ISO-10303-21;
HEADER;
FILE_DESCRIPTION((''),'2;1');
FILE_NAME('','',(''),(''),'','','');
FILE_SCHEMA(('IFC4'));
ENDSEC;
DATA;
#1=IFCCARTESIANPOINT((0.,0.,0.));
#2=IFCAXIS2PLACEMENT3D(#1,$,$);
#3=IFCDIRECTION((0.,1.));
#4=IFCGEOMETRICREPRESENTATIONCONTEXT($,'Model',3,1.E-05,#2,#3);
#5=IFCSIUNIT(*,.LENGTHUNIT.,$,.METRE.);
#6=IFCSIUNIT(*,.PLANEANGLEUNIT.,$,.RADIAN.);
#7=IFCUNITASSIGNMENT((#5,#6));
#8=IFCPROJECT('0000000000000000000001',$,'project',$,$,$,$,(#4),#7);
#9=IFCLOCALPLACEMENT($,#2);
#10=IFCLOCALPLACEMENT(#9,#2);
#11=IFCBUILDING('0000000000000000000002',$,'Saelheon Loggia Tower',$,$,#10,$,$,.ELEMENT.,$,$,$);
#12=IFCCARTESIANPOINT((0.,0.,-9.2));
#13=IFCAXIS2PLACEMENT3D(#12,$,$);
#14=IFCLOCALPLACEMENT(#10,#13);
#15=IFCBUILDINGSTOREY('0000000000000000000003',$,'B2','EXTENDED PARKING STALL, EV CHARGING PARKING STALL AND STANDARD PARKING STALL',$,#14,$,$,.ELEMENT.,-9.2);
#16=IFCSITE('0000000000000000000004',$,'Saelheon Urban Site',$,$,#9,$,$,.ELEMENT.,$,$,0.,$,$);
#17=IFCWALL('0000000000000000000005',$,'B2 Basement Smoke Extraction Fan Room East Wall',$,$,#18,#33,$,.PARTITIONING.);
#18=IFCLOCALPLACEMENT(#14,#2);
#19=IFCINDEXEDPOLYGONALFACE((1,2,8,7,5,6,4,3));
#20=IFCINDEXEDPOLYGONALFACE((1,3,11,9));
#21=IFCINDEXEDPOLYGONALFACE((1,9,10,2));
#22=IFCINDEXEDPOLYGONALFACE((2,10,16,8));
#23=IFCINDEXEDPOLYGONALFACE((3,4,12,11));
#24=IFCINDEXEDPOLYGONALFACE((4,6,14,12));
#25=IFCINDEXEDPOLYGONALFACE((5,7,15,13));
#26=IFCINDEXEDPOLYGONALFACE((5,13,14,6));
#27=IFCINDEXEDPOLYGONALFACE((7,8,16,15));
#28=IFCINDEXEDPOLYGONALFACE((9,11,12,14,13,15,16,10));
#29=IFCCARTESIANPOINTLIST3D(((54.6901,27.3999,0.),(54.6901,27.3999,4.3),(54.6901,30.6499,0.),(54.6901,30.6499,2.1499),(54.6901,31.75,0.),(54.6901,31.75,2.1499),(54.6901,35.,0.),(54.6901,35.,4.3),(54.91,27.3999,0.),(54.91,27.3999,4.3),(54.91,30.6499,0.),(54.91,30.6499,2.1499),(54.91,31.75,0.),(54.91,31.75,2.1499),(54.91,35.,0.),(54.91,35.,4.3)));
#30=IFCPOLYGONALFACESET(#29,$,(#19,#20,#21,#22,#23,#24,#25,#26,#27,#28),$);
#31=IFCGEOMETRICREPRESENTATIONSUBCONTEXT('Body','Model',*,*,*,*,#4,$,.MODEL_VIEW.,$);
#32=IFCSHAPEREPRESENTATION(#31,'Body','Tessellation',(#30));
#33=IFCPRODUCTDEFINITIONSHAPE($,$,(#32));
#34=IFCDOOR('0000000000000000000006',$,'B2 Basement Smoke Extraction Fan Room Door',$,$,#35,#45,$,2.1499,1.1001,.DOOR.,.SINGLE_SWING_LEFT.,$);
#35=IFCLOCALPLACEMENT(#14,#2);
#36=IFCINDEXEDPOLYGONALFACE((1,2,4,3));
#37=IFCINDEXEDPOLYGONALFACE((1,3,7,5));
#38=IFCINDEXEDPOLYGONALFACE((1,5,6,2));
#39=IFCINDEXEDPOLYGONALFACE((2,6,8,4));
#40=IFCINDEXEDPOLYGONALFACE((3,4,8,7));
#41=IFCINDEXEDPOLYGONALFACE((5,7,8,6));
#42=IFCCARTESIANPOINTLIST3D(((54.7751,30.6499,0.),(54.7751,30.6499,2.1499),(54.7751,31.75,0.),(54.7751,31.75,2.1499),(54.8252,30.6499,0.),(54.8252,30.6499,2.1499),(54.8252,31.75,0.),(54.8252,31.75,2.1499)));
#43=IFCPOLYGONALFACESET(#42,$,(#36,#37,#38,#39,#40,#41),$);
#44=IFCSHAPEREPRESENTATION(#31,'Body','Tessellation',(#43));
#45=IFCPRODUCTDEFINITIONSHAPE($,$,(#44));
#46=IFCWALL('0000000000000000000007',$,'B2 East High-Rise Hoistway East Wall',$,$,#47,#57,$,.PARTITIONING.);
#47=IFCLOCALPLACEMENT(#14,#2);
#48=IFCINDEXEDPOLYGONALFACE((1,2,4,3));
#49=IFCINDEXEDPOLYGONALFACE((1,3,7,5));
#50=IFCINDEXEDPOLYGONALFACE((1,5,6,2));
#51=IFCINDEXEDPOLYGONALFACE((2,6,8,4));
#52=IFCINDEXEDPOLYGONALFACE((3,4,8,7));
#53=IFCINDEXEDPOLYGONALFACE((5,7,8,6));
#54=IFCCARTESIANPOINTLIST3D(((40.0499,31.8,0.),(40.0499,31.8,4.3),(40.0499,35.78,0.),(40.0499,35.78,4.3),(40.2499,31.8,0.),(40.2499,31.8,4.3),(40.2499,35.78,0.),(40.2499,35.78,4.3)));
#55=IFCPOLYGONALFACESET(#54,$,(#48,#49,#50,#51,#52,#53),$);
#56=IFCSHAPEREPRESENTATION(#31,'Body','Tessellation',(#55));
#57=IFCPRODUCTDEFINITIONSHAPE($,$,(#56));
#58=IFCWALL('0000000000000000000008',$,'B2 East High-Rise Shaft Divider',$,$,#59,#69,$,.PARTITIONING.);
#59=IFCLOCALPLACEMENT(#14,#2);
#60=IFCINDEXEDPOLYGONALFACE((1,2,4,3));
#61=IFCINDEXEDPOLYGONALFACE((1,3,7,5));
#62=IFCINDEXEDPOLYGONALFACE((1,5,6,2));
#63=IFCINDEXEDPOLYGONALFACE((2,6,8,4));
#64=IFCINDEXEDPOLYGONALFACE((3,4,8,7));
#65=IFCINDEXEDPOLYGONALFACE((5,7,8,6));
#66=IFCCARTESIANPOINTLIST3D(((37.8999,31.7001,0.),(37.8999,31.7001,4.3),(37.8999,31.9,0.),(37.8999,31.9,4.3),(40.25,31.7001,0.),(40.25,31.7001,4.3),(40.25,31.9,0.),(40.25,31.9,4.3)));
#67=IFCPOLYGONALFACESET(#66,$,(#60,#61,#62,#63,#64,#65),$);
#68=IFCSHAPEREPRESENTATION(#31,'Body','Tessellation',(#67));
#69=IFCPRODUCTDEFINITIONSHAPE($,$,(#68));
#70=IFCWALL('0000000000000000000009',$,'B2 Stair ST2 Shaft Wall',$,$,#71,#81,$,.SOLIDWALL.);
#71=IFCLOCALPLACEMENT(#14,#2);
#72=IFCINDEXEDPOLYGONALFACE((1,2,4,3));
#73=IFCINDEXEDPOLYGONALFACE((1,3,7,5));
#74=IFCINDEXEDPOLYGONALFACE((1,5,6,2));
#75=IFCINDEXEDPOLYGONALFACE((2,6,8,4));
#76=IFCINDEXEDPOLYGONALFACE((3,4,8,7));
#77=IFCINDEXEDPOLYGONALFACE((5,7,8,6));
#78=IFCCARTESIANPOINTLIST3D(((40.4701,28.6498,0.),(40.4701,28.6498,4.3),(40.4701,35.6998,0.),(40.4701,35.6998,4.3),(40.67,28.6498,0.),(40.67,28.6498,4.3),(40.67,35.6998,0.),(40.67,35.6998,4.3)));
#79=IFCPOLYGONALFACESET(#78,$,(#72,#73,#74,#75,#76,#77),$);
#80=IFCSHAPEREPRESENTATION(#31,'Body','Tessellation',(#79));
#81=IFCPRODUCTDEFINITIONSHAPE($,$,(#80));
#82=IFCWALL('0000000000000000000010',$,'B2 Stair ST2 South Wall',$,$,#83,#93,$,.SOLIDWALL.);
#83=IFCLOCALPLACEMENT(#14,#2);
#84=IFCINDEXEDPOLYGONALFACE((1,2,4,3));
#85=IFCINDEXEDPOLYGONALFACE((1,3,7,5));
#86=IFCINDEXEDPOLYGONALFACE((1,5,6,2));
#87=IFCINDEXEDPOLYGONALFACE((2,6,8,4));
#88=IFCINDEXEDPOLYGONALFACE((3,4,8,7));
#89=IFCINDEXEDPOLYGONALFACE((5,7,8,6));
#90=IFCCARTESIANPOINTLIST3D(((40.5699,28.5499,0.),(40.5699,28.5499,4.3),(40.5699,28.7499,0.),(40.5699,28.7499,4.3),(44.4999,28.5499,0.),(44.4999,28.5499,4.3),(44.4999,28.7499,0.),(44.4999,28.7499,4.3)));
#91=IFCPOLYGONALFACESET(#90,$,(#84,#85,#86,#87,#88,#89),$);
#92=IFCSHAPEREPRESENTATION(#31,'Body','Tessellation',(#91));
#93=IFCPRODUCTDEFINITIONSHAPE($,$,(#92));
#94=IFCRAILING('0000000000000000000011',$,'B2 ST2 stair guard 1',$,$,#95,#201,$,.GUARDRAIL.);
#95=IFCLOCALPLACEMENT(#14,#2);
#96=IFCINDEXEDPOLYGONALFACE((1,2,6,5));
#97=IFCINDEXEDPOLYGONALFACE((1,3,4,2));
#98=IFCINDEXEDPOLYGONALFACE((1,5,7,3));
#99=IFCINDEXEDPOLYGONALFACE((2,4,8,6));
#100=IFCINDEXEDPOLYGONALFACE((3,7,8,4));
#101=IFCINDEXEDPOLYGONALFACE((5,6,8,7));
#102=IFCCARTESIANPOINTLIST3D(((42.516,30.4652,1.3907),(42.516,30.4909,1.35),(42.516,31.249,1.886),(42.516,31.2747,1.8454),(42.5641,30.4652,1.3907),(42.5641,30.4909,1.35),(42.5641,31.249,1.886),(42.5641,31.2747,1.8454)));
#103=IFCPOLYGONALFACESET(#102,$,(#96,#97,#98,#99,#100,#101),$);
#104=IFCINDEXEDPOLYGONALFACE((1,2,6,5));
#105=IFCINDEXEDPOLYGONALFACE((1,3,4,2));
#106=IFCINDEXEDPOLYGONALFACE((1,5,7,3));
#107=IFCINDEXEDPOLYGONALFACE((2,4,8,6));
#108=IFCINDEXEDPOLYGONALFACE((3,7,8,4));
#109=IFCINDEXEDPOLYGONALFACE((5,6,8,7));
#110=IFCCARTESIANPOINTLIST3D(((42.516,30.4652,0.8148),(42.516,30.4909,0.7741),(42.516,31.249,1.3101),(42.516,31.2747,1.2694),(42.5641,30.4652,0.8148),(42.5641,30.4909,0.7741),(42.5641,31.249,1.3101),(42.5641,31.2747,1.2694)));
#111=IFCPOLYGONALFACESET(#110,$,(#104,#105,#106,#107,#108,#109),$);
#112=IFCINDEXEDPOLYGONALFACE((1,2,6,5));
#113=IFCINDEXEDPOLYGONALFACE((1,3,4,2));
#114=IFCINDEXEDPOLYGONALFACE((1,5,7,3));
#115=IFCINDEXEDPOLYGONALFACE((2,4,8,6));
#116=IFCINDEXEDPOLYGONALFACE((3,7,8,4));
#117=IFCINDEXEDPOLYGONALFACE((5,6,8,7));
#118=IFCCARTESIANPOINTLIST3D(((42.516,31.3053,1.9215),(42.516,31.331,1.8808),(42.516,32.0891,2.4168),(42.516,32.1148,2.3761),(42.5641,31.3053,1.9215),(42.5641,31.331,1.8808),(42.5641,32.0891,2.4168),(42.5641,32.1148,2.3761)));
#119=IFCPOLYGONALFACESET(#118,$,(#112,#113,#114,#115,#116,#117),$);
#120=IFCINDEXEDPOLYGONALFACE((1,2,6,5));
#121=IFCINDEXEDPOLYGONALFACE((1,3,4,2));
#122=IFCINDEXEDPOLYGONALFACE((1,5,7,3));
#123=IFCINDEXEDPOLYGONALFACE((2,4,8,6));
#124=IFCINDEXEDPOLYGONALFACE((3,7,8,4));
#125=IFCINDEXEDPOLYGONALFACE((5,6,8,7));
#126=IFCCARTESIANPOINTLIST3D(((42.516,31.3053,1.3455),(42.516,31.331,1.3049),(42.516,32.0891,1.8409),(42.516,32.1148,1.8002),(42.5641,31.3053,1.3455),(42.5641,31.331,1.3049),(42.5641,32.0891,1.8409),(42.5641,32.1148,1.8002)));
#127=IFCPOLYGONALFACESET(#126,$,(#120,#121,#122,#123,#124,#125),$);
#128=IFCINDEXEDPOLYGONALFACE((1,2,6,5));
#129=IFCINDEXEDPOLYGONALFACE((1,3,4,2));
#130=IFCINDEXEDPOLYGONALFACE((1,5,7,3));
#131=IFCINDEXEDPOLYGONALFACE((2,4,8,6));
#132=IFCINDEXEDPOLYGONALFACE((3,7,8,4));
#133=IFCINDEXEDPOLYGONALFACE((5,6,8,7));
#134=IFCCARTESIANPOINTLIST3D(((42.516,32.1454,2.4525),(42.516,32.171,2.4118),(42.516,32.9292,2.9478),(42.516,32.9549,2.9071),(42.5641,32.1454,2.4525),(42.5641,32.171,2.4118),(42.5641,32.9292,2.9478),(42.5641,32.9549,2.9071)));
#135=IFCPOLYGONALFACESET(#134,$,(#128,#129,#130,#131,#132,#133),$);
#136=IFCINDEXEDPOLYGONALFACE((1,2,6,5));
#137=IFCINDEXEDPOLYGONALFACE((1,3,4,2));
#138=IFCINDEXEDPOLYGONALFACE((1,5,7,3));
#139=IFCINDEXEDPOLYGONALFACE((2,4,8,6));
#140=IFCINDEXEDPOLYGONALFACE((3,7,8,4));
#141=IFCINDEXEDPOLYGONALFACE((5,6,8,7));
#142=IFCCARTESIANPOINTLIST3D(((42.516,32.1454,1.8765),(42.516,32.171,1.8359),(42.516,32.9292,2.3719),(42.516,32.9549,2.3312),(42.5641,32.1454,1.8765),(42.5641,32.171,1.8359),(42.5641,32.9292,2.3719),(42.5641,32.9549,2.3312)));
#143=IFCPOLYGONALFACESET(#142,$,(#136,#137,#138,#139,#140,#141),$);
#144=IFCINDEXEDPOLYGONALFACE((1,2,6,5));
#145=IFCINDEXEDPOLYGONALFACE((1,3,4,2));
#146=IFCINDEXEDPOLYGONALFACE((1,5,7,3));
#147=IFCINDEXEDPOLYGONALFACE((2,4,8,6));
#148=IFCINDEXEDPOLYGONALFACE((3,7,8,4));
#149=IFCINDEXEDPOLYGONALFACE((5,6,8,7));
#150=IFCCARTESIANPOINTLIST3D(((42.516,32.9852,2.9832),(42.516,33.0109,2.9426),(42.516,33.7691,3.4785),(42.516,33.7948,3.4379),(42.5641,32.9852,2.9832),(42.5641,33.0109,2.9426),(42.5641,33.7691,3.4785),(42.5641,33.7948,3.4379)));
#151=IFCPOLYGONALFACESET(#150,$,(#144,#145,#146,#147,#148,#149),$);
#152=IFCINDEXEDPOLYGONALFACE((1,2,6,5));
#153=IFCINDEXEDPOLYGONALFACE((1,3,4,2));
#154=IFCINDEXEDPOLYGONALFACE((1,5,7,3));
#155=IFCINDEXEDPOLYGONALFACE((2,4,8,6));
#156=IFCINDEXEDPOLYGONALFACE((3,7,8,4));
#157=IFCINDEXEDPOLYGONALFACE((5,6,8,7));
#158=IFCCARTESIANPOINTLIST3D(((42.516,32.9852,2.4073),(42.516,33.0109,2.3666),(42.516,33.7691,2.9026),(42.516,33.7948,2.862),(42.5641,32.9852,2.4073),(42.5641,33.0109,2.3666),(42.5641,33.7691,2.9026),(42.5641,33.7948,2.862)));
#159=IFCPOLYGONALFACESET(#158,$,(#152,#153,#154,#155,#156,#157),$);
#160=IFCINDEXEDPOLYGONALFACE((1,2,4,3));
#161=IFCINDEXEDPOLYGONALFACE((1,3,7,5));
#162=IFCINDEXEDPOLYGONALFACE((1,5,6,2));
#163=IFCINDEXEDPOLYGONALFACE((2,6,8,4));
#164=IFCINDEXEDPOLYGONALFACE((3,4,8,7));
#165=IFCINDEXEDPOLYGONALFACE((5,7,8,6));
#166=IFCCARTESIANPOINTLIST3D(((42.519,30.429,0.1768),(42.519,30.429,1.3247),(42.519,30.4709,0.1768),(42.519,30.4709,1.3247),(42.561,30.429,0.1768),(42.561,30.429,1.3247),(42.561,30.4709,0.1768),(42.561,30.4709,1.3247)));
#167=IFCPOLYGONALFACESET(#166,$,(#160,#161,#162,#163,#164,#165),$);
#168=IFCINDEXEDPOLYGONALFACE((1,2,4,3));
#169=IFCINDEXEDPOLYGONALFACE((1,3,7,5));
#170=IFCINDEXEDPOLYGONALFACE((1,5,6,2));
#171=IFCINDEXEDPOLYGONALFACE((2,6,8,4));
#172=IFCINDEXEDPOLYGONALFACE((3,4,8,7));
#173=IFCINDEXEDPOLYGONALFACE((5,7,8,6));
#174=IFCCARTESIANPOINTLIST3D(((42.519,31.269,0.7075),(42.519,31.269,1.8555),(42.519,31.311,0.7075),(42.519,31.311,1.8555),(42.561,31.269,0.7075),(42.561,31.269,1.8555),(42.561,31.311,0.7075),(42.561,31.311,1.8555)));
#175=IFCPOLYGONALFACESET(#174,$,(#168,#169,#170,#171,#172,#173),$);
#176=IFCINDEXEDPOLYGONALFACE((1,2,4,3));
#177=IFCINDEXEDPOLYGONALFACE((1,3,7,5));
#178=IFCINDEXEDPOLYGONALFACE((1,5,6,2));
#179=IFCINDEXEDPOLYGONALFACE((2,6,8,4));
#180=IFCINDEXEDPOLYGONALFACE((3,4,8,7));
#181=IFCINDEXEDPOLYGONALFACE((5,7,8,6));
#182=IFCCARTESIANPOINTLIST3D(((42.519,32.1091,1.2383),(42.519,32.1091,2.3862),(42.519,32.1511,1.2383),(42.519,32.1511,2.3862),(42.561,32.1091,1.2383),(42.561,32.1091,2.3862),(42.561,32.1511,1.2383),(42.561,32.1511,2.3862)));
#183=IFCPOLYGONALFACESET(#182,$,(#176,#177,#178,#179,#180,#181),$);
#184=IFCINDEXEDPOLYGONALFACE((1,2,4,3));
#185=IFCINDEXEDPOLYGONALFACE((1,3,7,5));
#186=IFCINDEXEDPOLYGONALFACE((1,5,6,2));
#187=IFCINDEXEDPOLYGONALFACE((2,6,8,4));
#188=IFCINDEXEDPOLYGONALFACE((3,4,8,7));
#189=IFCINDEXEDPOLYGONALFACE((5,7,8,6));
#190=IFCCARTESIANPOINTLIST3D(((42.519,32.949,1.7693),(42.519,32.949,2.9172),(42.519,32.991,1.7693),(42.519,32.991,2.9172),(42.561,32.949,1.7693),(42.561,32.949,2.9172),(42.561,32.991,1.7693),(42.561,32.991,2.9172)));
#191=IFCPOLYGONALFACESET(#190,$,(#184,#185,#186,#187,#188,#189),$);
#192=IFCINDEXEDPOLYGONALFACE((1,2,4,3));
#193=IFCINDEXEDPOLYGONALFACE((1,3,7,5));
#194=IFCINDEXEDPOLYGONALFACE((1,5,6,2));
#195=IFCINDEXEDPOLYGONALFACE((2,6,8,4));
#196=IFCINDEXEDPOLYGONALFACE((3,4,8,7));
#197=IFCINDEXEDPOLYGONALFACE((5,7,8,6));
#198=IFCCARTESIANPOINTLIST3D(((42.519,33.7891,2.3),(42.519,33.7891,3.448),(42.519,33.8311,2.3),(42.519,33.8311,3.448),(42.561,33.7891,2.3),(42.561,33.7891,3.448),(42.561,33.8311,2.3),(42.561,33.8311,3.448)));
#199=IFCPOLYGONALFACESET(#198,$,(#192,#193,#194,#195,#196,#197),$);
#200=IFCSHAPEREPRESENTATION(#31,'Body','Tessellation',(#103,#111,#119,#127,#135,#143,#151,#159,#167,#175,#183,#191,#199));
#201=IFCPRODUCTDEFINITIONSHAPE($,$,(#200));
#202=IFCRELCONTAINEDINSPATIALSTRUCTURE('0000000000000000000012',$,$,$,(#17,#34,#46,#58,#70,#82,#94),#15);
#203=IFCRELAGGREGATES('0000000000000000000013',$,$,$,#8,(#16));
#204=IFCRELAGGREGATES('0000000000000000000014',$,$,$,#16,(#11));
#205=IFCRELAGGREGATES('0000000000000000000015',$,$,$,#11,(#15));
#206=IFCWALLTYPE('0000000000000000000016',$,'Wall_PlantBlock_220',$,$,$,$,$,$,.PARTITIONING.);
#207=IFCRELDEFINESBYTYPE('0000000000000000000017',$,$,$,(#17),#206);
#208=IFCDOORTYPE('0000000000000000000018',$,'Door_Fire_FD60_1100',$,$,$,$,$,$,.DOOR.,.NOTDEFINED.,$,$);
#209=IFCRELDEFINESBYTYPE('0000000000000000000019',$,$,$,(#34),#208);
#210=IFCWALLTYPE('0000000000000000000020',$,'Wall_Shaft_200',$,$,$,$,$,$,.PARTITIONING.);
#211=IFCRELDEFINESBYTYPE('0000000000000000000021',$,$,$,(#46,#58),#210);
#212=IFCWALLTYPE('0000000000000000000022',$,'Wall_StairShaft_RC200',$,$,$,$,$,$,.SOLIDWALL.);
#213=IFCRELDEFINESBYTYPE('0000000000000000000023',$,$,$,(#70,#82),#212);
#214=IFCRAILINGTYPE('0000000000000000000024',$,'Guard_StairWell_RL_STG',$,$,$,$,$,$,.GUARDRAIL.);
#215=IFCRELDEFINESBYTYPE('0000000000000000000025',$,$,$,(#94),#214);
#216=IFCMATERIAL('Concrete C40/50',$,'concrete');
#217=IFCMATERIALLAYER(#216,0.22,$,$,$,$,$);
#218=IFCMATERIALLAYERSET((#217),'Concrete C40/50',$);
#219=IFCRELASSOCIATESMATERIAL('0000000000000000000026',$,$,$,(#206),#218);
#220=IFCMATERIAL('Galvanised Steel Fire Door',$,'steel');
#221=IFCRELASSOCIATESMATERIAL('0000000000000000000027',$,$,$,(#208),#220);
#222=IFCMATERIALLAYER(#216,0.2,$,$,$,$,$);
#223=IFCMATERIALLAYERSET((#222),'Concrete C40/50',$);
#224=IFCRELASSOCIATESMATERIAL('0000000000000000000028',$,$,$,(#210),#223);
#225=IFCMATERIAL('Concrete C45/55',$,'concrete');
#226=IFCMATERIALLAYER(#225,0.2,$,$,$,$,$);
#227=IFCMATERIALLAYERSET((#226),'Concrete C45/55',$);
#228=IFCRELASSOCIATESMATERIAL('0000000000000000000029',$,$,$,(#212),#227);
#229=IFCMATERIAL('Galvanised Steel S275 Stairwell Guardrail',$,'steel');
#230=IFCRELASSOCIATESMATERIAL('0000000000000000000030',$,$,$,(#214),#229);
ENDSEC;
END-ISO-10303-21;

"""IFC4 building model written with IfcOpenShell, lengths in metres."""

from ifc_helpers import new_model, si_unit, direction, frame, frame_2d, origin, origin_2d, place, context, subcontext, project, spatial, rectangle, extrude, source, transform, mapped, material, layer, layer_set, type_object, element, fill, save


model = new_model("IFC4")

# Units and contexts
model_context = context("Model", 3, precision=1e-05, world=origin(), true_north=direction((0.0, 1.0)))
body_context = subcontext(model_context, "Body", "Model", "MODEL_VIEW")
ifc_project = project(units=[si_unit("LENGTHUNIT", "METRE"), si_unit("PLANEANGLEUNIT", "RADIAN")], contexts=[model_context])

# Site, building, storey
site_placement = place(None, origin())
site = spatial("IfcSite", under=ifc_project, at=site_placement, Name="Saelheon Urban Site", CompositionType="ELEMENT", RefElevation=0.0)
building_placement = place(site_placement, origin())
building = spatial("IfcBuilding", under=site, at=building_placement, Name="Saelheon Loggia Tower", CompositionType="ELEMENT")
storey_placement = place(building_placement, frame((0.0, 0.0, -9.2)))
storey = spatial("IfcBuildingStorey", under=building, at=storey_placement, Name="B2", Description="EXTENDED PARKING STALL, EV CHARGING PARKING STALL AND STANDARD PARKING STALL", CompositionType="ELEMENT", Elevation=-9.2)

# Shared definitions
ifc_material_1 = material(Name="Concrete C40/50", Category="concrete")
ifc_layer_1 = layer(ifc_material_1, 0.22)
ifc_layer_set_1 = layer_set([ifc_layer_1], Name="Concrete C40/50")
wall_type_1 = type_object("IfcWallType", Name="Wall_PlantBlock_220", PredefinedType="PARTITIONING", material=ifc_layer_set_1)

# Wall, opening, door
wall_1_placement = place(storey_placement, frame((54.8, 27.3999, 0.0), z_axis=(0.0, 0.0, 1.0), x_axis=(0.0, 1.0, 0.0)))
wall_1 = element("IfcWall", 1, at=wall_1_placement, inside=storey, type_object=wall_type_1, Name="B2 Basement Smoke Extraction Fan Room East Wall", PredefinedType="PARTITIONING", context=body_context, shape_type="SweptSolid", body=[
    extrude(rectangle(XDim=7.6001, YDim=0.22, at=frame_2d((3.8, 0.0))), origin(), (0.0, 0.0, 1.0), 4.3),
])
opening_placement = place(wall_1_placement, frame((3.25, 0.0, 0.0)))
opening = element("IfcOpeningElement", 2, at=opening_placement, cuts=wall_1, PredefinedType="OPENING", context=body_context, shape_type="SweptSolid", body=[
    extrude(rectangle(XDim=1.1001, YDim=2.1499, at=frame_2d((0.55, 1.075))), frame((0.0, 0.1221, 0.0), z_axis=(0.0, -1.0, 0.0), x_axis=(1.0, 0.0, 0.0)), (0.0, 0.0, 1.0), 0.2439),
])
ifc_material_2 = material(Name="Galvanised Steel Fire Door", Category="steel")
door_type = type_object("IfcDoorType", Name="Door_Fire_FD60_1100", OperationType="NOTDEFINED", PredefinedType="DOOR", material=ifc_material_2)
shared_shape_1 = source(origin(), body_context, "Body", "SweptSolid", [
    extrude(rectangle(XDim=1.1001, YDim=2.1499, at=frame_2d((0.55, 1.075))), frame((0.0, 0.0249, 0.0), z_axis=(0.0, -1.0, 0.0), x_axis=(1.0, 0.0, 0.0)), (0.0, 0.0, 1.0), 0.05),
])
door_placement = place(opening_placement, origin())
door = element("IfcDoor", 3, at=door_placement, inside=storey, type_object=door_type, Name="B2 Basement Smoke Extraction Fan Room Door", OperationType="SINGLE_SWING_LEFT", OverallHeight=2.1499, OverallWidth=1.1001, PredefinedType="DOOR", context=body_context, shape_type="MappedRepresentation", body=[
    mapped(shared_shape_1, transform((0.0, 0.0, 0.0), scale=1.0)),
])
fill(opening, door)

# Walls
ifc_layer_2 = layer(ifc_material_1, 0.2)
ifc_layer_set_2 = layer_set([ifc_layer_2], Name="Concrete C40/50")
wall_type_2 = type_object("IfcWallType", Name="Wall_Shaft_200", PredefinedType="PARTITIONING", material=ifc_layer_set_2)
wall_2_placement = place(storey_placement, frame((40.1499, 31.8, 0.0), z_axis=(0.0, 0.0, 1.0), x_axis=(0.0, 1.0, 0.0)))
element("IfcWall", 4, at=wall_2_placement, inside=storey, type_object=wall_type_2, Name="B2 East High-Rise Hoistway East Wall", PredefinedType="PARTITIONING", context=body_context, shape_type="SweptSolid", body=[
    extrude(rectangle(XDim=3.98, YDim=0.2, at=frame_2d((1.99, 0.0))), origin(), (0.0, 0.0, 1.0), 4.3),
])
wall_3_placement = place(storey_placement, frame((37.8999, 31.8, 0.0), z_axis=(0.0, 0.0, 1.0), x_axis=(1.0, 0.0, 0.0)))
element("IfcWall", 5, at=wall_3_placement, inside=storey, type_object=wall_type_2, Name="B2 East High-Rise Shaft Divider", PredefinedType="PARTITIONING", context=body_context, shape_type="SweptSolid", body=[
    extrude(rectangle(XDim=2.3501, YDim=0.2, at=frame_2d((1.175, 0.0))), origin(), (0.0, 0.0, 1.0), 4.3),
])
ifc_material_3 = material(Name="Concrete C45/55", Category="concrete")
ifc_layer_3 = layer(ifc_material_3, 0.2)
ifc_layer_set_3 = layer_set([ifc_layer_3], Name="Concrete C45/55")
wall_type_3 = type_object("IfcWallType", Name="Wall_StairShaft_RC200", PredefinedType="SOLIDWALL", material=ifc_layer_set_3)
wall_4_placement = place(storey_placement, frame((40.5701, 28.6499, 0.0), z_axis=(0.0, 0.0, 1.0), x_axis=(0.0, 1.0, 0.0)))
element("IfcWall", 6, at=wall_4_placement, inside=storey, type_object=wall_type_3, Name="B2 Stair ST2 Shaft Wall", PredefinedType="SOLIDWALL", context=body_context, shape_type="SweptSolid", body=[
    extrude(rectangle(XDim=7.05, YDim=0.2, at=frame_2d((3.5249, 0.0))), origin(), (0.0, 0.0, 1.0), 4.3),
])
wall_5_placement = place(storey_placement, frame((40.5701, 28.6499, 0.0), z_axis=(0.0, 0.0, 1.0), x_axis=(1.0, 0.0, 0.0)))
element("IfcWall", 7, at=wall_5_placement, inside=storey, type_object=wall_type_3, Name="B2 Stair ST2 South Wall", PredefinedType="SOLIDWALL", context=body_context, shape_type="SweptSolid", body=[
    extrude(rectangle(XDim=3.9299, YDim=0.2, at=frame_2d((1.9648, 0.0))), origin(), (0.0, 0.0, 1.0), 4.3),
])

# Railing
ifc_material_4 = material(Name="Galvanised Steel S275 Stairwell Guardrail", Category="steel")
railing_type_1 = type_object("IfcRailingType", Name="Guard_StairWell_RL_STG", PredefinedType="GUARDRAIL", material=ifc_material_4)
railing_1_placement = place(storey_placement, frame((42.54, 30.45, 0.1768)))
element("IfcRailing", 8, at=railing_1_placement, inside=storey, type_object=railing_type_1, Name="B2 ST2 stair guard 1", PredefinedType="GUARDRAIL", context=body_context, shape_type="SweptSolid", body=[
    extrude(rectangle(XDim=0.0481, YDim=0.0481, at=origin_2d()), frame((0.0, 0.0281, 1.1936), z_axis=(0.0, 0.845362, 0.534194), x_axis=(-1.0, 0.0, 0.0)), (0.0, 0.0, 1.0), 0.9272),
    extrude(rectangle(XDim=0.0481, YDim=0.0481, at=origin_2d()), frame((0.0, 0.0281, 0.6177), z_axis=(0.0, 0.845362, 0.534194), x_axis=(-1.0, 0.0, 0.0)), (0.0, 0.0, 1.0), 0.9272),
    extrude(rectangle(XDim=0.0481, YDim=0.0481, at=origin_2d()), frame((0.0, 0.8682, 1.7244), z_axis=(0.0, 0.845362, 0.534194), x_axis=(-1.0, 0.0, 0.0)), (0.0, 0.0, 1.0), 0.9272),
    extrude(rectangle(XDim=0.0481, YDim=0.0481, at=origin_2d()), frame((0.0, 0.8682, 1.1484), z_axis=(0.0, 0.845362, 0.534194), x_axis=(-1.0, 0.0, 0.0)), (0.0, 0.0, 1.0), 0.9272),
    extrude(rectangle(XDim=0.0481, YDim=0.0481, at=origin_2d()), frame((0.0, 1.7083, 2.2554), z_axis=(0.0, 0.845362, 0.534194), x_axis=(-1.0, 0.0, 0.0)), (0.0, 0.0, 1.0), 0.9272),
    extrude(rectangle(XDim=0.0481, YDim=0.0481, at=origin_2d()), frame((0.0, 1.7083, 1.6794), z_axis=(0.0, 0.845362, 0.534194), x_axis=(-1.0, 0.0, 0.0)), (0.0, 0.0, 1.0), 0.9272),
    extrude(rectangle(XDim=0.0481, YDim=0.0481, at=origin_2d()), frame((0.0, 2.5481, 2.7861), z_axis=(0.0, 0.845362, 0.534194), x_axis=(-1.0, 0.0, 0.0)), (0.0, 0.0, 1.0), 0.9272),
    extrude(rectangle(XDim=0.0481, YDim=0.0481, at=origin_2d()), frame((0.0, 2.5481, 2.2102), z_axis=(0.0, 0.845362, 0.534194), x_axis=(-1.0, 0.0, 0.0)), (0.0, 0.0, 1.0), 0.9272),
    extrude(rectangle(XDim=0.042, YDim=0.042, at=origin_2d()), origin(), (0.0, 0.0, 1.0), 1.1479),
    extrude(rectangle(XDim=0.042, YDim=0.042, at=origin_2d()), frame((0.0, 0.8401, 0.5308)), (0.0, 0.0, 1.0), 1.1479),
    extrude(rectangle(XDim=0.042, YDim=0.042, at=origin_2d()), frame((0.0, 1.6802, 1.0615)), (0.0, 0.0, 1.0), 1.1479),
    extrude(rectangle(XDim=0.042, YDim=0.042, at=origin_2d()), frame((0.0, 2.52, 1.5925)), (0.0, 0.0, 1.0), 1.1479),
    extrude(rectangle(XDim=0.042, YDim=0.042, at=origin_2d()), frame((0.0, 3.3601, 2.1233)), (0.0, 0.0, 1.0), 1.1479),
])

save(model, "model.ifc")
